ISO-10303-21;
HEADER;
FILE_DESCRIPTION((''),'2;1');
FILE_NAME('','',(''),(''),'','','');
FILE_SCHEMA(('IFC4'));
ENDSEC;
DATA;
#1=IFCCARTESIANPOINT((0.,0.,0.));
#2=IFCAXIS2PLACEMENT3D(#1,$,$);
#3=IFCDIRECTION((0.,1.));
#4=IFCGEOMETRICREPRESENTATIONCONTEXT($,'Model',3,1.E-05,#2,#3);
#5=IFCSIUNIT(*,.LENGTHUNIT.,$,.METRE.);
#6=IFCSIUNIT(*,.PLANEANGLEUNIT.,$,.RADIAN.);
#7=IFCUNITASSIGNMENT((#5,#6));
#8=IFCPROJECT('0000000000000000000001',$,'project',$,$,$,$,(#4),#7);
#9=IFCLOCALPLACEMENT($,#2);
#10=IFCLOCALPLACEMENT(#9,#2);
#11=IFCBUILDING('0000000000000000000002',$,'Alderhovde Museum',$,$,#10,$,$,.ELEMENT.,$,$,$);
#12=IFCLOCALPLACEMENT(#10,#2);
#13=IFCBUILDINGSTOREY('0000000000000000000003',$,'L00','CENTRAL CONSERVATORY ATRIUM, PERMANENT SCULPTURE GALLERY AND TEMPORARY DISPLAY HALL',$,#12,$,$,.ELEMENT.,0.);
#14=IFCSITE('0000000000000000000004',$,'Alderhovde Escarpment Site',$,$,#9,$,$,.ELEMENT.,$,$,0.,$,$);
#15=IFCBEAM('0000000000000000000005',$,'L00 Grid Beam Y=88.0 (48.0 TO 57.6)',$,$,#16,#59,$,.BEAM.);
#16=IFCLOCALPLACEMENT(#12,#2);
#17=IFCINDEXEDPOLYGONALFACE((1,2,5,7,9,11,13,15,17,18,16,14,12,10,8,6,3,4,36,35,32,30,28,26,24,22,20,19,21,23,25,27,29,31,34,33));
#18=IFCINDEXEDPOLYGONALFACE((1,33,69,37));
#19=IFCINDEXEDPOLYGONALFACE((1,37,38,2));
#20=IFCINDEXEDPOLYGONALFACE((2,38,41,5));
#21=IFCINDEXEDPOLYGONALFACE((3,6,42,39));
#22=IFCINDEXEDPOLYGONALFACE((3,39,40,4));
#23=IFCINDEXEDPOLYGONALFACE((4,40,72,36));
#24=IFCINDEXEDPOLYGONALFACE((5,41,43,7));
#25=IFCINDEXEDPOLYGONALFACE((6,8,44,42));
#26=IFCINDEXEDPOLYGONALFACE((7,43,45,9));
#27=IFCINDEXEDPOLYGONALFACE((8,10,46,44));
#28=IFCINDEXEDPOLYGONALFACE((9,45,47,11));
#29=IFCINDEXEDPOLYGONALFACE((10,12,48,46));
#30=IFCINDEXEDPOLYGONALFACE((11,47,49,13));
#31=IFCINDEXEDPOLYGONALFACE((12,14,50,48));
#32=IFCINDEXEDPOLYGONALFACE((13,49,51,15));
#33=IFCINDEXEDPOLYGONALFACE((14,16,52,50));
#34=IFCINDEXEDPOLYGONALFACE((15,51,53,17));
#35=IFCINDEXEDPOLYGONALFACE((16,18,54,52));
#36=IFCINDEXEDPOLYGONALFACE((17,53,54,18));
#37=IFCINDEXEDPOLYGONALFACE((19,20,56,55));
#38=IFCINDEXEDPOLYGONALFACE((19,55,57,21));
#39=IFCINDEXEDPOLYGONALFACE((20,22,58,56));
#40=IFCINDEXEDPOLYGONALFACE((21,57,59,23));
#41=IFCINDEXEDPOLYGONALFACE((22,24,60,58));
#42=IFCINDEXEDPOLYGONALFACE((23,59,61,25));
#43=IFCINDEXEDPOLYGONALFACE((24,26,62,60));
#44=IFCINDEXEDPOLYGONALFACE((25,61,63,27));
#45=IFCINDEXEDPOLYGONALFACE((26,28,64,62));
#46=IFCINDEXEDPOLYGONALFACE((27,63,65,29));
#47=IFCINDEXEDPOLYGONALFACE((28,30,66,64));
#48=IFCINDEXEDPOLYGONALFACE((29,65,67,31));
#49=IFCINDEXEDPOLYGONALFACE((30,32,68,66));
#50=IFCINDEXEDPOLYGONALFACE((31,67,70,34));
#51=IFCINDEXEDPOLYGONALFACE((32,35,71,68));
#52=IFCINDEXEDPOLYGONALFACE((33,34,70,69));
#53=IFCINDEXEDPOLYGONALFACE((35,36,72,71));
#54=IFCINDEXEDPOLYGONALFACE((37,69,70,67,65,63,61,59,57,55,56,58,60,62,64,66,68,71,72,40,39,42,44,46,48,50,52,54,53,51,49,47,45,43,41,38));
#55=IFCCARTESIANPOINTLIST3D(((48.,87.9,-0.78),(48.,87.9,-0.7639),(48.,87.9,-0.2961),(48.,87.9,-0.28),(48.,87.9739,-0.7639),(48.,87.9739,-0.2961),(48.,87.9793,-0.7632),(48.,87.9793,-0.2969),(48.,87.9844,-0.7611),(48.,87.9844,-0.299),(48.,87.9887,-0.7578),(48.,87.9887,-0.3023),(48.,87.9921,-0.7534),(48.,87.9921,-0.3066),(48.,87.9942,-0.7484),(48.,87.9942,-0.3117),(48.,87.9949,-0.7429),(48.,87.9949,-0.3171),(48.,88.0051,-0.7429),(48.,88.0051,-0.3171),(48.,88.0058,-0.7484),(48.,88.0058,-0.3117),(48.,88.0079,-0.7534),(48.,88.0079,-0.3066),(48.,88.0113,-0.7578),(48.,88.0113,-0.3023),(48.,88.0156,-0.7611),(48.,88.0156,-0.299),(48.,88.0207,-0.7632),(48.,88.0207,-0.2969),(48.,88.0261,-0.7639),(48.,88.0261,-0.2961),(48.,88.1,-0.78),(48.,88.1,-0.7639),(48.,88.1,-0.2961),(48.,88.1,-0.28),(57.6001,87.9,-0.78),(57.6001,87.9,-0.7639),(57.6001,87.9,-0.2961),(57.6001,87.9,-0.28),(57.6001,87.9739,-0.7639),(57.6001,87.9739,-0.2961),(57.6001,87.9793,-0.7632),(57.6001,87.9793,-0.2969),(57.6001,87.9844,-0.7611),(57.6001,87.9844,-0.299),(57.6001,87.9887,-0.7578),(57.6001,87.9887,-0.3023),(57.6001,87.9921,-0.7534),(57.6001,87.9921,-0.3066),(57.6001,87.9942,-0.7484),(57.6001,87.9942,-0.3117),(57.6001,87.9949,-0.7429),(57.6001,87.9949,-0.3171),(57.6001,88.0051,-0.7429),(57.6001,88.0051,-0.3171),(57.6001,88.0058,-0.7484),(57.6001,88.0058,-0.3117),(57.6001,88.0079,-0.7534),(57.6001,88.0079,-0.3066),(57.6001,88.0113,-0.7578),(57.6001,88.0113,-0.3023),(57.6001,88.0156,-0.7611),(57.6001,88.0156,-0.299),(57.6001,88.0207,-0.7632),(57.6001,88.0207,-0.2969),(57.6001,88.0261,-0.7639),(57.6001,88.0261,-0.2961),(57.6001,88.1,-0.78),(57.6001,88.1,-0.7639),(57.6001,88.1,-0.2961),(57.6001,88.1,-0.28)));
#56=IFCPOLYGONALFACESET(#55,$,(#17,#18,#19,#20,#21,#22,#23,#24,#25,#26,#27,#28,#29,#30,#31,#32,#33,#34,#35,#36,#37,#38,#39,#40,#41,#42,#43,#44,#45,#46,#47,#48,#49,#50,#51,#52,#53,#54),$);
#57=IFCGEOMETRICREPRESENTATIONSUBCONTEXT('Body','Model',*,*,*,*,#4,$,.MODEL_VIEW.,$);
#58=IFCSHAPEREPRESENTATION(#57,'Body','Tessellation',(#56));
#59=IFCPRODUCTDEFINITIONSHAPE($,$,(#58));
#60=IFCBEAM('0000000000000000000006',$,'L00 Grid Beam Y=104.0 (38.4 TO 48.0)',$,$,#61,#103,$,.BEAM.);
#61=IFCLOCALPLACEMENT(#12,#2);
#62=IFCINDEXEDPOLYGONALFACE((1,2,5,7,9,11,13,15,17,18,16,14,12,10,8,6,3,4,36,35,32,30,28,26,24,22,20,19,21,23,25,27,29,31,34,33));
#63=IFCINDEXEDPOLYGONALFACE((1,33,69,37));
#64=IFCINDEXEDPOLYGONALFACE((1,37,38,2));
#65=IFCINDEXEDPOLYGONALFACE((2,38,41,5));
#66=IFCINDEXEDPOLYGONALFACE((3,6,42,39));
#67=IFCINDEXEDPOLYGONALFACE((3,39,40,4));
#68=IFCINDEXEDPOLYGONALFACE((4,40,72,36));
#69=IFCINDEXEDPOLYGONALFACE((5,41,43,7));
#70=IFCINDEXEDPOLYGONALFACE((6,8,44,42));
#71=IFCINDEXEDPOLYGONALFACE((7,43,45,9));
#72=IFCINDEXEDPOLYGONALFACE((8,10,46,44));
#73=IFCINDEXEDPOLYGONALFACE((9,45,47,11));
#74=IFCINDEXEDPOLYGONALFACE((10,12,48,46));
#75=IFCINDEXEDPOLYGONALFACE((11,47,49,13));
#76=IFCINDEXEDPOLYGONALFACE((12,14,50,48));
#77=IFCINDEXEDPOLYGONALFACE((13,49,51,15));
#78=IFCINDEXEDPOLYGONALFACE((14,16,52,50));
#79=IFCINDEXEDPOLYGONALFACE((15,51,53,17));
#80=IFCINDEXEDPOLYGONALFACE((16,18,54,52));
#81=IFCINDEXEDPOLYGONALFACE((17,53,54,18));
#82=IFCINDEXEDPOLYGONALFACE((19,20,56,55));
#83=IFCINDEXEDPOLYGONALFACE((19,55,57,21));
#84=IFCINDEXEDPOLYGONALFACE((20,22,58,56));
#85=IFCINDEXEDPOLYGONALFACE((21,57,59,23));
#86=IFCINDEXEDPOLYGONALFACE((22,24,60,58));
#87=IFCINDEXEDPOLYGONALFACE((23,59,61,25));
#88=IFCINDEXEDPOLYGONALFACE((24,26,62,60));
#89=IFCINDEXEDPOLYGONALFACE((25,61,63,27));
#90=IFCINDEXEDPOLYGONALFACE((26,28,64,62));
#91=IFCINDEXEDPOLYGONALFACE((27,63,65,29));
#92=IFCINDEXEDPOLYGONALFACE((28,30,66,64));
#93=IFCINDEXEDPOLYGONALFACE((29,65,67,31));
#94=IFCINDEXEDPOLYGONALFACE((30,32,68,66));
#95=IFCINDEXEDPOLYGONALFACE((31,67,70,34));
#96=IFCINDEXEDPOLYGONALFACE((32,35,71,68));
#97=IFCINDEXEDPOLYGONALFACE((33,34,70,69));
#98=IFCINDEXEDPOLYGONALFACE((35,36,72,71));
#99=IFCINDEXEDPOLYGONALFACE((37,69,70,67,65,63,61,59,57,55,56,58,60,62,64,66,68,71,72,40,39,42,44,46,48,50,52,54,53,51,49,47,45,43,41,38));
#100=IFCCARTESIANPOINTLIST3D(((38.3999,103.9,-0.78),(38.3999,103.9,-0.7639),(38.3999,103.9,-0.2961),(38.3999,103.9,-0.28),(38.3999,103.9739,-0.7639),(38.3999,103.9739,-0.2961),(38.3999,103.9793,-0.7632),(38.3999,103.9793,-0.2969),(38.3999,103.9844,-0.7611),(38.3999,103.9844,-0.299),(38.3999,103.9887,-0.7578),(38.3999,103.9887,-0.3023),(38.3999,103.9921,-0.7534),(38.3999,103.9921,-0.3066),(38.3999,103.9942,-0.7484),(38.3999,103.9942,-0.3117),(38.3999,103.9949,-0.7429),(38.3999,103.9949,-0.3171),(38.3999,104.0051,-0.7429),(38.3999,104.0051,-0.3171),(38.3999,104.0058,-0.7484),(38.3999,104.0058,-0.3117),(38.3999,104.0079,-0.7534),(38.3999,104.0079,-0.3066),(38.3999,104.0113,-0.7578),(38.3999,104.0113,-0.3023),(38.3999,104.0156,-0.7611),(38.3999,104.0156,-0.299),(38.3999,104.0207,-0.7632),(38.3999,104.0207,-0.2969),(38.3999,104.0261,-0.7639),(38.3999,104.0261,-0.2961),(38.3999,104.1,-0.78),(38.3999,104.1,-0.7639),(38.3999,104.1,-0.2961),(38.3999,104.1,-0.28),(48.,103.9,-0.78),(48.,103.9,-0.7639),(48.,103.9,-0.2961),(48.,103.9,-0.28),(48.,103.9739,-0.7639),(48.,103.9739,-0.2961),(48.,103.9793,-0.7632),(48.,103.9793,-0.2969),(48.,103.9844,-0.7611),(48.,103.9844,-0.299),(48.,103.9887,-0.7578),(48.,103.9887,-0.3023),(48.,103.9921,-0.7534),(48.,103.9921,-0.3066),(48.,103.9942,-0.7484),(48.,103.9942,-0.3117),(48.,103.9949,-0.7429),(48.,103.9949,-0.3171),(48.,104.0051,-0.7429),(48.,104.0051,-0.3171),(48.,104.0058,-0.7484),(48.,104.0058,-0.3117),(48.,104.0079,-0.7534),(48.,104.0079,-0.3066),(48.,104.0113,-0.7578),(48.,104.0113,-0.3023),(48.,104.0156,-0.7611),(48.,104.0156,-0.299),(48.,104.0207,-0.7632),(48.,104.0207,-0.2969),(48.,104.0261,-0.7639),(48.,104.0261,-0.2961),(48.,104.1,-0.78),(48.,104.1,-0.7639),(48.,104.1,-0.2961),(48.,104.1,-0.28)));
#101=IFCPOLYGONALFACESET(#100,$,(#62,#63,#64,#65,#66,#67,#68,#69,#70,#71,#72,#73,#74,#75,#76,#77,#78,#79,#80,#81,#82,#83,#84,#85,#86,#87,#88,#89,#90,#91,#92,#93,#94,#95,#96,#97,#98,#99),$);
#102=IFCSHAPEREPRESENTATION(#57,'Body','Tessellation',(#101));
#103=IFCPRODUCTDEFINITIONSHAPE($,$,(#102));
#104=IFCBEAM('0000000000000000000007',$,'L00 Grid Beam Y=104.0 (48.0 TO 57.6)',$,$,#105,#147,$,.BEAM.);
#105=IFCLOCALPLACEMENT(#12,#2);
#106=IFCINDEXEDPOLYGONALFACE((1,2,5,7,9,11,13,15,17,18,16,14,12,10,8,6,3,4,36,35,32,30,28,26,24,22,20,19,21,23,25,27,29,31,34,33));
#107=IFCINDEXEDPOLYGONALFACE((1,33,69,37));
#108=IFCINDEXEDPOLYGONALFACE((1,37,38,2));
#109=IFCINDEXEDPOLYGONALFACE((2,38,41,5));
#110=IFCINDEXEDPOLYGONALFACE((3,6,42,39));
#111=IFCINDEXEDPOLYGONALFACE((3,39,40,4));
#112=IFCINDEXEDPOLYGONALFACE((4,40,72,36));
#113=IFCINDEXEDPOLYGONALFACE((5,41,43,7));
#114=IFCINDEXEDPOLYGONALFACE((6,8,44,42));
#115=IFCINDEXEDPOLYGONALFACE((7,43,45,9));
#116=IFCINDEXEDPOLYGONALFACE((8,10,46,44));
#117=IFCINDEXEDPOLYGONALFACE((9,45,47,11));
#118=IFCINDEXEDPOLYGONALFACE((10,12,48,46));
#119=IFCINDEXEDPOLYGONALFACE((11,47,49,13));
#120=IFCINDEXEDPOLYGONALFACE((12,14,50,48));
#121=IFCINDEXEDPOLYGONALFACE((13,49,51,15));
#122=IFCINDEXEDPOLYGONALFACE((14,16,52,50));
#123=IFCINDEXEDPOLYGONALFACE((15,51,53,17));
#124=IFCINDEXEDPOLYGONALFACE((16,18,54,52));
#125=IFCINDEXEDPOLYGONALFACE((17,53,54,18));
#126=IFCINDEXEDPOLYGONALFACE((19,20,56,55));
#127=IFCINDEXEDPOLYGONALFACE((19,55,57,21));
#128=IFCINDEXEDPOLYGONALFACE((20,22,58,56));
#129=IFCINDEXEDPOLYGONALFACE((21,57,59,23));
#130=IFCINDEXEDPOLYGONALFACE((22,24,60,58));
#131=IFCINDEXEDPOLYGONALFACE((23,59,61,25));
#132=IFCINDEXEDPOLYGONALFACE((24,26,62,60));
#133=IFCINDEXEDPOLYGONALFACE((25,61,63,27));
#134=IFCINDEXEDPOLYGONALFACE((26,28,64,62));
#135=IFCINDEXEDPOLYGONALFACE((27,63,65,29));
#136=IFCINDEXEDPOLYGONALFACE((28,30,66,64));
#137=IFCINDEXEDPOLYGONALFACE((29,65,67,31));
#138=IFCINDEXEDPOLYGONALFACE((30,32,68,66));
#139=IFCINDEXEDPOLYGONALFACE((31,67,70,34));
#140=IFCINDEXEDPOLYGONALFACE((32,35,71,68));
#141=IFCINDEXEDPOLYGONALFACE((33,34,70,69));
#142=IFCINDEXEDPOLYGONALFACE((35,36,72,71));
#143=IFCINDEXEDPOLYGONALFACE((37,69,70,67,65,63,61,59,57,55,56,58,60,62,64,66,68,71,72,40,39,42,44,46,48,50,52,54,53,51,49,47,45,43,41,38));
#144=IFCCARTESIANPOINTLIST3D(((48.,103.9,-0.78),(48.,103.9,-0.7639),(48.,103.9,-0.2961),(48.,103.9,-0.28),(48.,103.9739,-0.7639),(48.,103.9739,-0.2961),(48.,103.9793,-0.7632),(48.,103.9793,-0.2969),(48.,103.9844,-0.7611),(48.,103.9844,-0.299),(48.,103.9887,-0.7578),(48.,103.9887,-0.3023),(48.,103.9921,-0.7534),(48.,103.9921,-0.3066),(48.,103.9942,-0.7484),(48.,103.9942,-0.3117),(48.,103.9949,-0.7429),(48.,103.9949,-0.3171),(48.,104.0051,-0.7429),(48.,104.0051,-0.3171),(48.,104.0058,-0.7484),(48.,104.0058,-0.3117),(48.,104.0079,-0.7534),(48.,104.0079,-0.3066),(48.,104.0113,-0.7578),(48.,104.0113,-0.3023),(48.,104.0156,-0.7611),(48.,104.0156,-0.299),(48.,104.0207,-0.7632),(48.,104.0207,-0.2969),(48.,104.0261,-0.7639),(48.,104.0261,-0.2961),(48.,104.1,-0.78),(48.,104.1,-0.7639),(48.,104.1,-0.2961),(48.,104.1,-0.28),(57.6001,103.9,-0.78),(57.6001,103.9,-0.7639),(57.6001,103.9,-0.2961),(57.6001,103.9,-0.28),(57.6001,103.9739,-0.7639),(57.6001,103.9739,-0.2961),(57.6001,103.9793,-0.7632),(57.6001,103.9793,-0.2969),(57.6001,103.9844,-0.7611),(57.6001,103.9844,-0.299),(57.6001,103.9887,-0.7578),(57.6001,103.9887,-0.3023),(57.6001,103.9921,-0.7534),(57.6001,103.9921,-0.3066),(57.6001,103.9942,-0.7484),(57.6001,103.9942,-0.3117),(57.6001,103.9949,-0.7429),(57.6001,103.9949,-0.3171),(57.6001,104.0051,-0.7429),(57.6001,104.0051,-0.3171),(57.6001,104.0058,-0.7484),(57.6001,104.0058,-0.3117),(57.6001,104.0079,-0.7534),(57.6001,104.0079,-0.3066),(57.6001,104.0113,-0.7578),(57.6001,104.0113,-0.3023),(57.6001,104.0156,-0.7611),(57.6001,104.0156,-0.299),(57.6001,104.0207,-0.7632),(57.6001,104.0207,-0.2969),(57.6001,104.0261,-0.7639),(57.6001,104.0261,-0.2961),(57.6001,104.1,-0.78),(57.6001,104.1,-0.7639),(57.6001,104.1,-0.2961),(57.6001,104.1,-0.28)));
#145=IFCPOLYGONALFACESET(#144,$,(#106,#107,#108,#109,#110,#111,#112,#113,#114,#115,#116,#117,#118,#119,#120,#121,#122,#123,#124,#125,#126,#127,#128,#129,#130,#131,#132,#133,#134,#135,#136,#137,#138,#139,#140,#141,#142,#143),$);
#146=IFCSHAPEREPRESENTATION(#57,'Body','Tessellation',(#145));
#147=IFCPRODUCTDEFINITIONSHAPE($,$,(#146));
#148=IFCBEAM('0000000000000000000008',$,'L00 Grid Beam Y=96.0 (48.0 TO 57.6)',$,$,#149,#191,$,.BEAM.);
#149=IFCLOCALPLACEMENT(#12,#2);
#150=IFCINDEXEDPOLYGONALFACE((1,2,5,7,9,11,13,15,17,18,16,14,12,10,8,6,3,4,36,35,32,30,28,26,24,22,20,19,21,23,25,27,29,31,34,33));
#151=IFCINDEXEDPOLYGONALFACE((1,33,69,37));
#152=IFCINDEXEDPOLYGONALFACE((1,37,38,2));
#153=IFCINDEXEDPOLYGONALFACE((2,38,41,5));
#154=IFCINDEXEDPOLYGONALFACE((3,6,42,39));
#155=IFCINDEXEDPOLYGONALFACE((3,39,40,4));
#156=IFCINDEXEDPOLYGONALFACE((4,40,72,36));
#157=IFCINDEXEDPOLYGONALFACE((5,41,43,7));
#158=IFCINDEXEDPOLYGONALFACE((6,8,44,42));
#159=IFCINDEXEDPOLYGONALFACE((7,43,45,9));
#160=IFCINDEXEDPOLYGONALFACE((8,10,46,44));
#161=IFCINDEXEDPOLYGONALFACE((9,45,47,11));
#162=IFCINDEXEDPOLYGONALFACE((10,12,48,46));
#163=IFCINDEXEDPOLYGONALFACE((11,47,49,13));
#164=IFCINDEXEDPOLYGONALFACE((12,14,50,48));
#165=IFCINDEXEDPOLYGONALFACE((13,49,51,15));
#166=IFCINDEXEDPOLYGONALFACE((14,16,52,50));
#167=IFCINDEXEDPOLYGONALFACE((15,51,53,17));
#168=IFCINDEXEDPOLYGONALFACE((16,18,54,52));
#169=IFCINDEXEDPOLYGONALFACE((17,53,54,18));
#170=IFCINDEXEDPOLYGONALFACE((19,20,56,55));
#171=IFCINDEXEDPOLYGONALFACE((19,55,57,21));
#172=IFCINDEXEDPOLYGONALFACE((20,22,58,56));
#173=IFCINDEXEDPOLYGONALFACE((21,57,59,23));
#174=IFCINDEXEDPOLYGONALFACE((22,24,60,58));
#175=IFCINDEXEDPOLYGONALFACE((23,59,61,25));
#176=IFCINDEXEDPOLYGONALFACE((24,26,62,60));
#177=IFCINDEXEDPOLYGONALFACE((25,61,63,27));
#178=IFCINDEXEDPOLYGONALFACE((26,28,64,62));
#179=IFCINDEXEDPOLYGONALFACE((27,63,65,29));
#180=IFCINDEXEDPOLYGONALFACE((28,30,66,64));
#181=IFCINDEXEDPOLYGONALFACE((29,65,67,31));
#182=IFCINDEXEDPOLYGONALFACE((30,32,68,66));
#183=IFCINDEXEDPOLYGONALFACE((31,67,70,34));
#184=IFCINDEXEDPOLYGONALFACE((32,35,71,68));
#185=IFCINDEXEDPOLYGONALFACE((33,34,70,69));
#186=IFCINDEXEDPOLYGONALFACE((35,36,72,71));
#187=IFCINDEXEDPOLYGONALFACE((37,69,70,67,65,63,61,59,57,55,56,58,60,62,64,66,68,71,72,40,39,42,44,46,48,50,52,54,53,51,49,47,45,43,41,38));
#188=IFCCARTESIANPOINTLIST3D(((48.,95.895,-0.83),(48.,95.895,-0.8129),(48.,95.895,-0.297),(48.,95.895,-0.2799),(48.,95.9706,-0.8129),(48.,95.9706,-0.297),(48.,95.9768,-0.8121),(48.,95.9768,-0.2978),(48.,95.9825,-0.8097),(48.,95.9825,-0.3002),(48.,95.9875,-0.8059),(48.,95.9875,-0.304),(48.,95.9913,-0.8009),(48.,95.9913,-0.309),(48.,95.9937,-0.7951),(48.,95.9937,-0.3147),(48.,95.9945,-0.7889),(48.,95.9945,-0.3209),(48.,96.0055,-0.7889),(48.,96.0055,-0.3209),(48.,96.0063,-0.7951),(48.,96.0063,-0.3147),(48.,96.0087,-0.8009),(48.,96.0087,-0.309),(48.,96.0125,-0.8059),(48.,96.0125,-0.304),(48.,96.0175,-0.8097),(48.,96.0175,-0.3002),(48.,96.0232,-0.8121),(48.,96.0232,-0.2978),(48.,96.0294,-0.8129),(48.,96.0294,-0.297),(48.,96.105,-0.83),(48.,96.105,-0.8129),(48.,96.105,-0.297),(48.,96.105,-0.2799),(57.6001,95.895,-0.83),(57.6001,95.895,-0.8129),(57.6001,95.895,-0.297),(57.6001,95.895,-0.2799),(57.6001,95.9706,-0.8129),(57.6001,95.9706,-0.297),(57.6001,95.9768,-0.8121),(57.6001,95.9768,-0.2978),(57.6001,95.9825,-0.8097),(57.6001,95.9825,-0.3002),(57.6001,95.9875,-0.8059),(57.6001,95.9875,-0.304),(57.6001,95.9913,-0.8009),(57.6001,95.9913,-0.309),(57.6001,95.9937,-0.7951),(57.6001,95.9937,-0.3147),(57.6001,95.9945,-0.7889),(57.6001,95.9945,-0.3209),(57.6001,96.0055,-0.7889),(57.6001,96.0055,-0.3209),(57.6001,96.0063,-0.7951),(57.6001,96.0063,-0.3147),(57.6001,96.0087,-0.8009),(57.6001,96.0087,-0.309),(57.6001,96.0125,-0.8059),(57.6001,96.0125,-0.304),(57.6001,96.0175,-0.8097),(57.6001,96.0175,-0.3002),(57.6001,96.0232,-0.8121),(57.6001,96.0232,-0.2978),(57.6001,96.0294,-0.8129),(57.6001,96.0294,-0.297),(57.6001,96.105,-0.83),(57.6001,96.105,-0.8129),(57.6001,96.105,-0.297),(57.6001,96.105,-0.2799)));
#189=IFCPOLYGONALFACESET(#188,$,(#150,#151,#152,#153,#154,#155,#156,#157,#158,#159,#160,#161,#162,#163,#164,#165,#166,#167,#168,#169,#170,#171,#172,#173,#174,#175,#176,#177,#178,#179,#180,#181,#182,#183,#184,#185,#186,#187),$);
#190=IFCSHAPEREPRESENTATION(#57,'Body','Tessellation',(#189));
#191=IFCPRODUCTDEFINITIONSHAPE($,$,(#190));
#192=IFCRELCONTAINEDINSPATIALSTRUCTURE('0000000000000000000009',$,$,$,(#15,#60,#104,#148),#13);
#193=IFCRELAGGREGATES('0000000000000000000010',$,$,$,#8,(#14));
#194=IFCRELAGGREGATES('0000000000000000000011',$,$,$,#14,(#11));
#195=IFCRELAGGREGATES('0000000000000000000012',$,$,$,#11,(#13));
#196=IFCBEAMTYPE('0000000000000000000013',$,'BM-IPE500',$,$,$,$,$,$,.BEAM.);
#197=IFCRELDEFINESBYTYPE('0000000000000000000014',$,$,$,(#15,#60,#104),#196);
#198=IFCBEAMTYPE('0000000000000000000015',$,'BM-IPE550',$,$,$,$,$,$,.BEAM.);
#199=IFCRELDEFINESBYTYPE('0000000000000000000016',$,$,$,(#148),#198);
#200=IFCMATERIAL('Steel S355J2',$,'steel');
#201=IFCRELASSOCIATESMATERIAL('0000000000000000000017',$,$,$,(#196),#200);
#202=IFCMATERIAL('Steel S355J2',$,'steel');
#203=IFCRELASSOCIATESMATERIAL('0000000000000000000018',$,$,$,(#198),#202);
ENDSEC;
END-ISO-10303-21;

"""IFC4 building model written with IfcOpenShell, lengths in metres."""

from ifc_helpers import new_model, si_unit, direction, frame, origin, origin_2d, place, context, subcontext, project, spatial, i_section, extrude, material, material_profile, profile_set, type_object, element, save


model = new_model("IFC4")

# Units and contexts
model_context = context("Model", 3, precision=1e-05, world=origin(), true_north=direction((0.0, 1.0)))
body_context = subcontext(model_context, "Body", "Model", "MODEL_VIEW")
ifc_project = project(units=[si_unit("LENGTHUNIT", "METRE"), si_unit("PLANEANGLEUNIT", "RADIAN")], contexts=[model_context])

# Site, building, storey
site_placement = place(None, origin())
site = spatial("IfcSite", under=ifc_project, at=site_placement, Name="Alderhovde Escarpment Site", CompositionType="ELEMENT", RefElevation=0.0)
building_placement = place(site_placement, origin())
building = spatial("IfcBuilding", under=site, at=building_placement, Name="Alderhovde Museum", CompositionType="ELEMENT")
storey_placement = place(building_placement, origin())
storey = spatial("IfcBuildingStorey", under=building, at=storey_placement, Name="L00", Description="CENTRAL CONSERVATORY ATRIUM, PERMANENT SCULPTURE GALLERY AND TEMPORARY DISPLAY HALL", CompositionType="ELEMENT", Elevation=0.0)

# Beams
ifc_material_1 = material(Name="Steel S355J2", Category="steel")
ifc_material_profile_1 = material_profile(ifc_material_1, i_section(OverallWidth=0.2, OverallDepth=0.5, WebThickness=0.0103, FlangeThickness=0.0161, FilletRadius=0.021, at=origin_2d()), Name="IPE 500")
ifc_profile_set_1 = profile_set([ifc_material_profile_1], Name="Steel S355J2")
beam_type_1 = type_object("IfcBeamType", Name="BM-IPE500", PredefinedType="BEAM", material=ifc_profile_set_1)
for number, where, z_axis, x_axis, name in (
    (1, (48.0, 88.0, -0.53), (1.0, 0.0, 0.0), (0.0, 1.0, 0.0), "L00 Grid Beam Y=88.0 (48.0 TO 57.6)"),
    (2, (38.3999, 104.0, -0.53), (1.0, 0.0, 0.0), (0.0, 1.0, 0.0), "L00 Grid Beam Y=104.0 (38.4 TO 48.0)"),
    (3, (48.0, 104.0, -0.53), (1.0, 0.0, 0.0), (0.0, 1.0, 0.0), "L00 Grid Beam Y=104.0 (48.0 TO 57.6)"),
):
    element("IfcBeam", number, at=place(storey_placement, frame(where, z_axis=z_axis, x_axis=x_axis)), inside=storey, type_object=beam_type_1, Name=name, PredefinedType="BEAM", context=body_context, shape_type="SweptSolid", body=[
        extrude(i_section(OverallWidth=0.2, OverallDepth=0.5, WebThickness=0.0103, FlangeThickness=0.0161, FilletRadius=0.021, at=origin_2d()), origin(), (0.0, 0.0, 1.0), 9.6001),
    ])
ifc_material_2 = material(Name="Steel S355J2", Category="steel")
ifc_material_profile_2 = material_profile(ifc_material_2, i_section(OverallWidth=0.21, OverallDepth=0.55, WebThickness=0.011, FlangeThickness=0.0171, FilletRadius=0.0239, at=origin_2d()), Name="IPE 550")
ifc_profile_set_2 = profile_set([ifc_material_profile_2], Name="Steel S355J2")
beam_type_2 = type_object("IfcBeamType", Name="BM-IPE550", PredefinedType="BEAM", material=ifc_profile_set_2)
beam_1_placement = place(storey_placement, frame((48.0, 96.0, -0.5549), z_axis=(1.0, 0.0, 0.0), x_axis=(0.0, 1.0, 0.0)))
element("IfcBeam", 4, at=beam_1_placement, inside=storey, type_object=beam_type_2, Name="L00 Grid Beam Y=96.0 (48.0 TO 57.6)", PredefinedType="BEAM", context=body_context, shape_type="SweptSolid", body=[
    extrude(i_section(OverallWidth=0.21, OverallDepth=0.55, WebThickness=0.011, FlangeThickness=0.0171, FilletRadius=0.0239, at=origin_2d()), origin(), (0.0, 0.0, 1.0), 9.6001),
])

save(model, "model.ifc")
